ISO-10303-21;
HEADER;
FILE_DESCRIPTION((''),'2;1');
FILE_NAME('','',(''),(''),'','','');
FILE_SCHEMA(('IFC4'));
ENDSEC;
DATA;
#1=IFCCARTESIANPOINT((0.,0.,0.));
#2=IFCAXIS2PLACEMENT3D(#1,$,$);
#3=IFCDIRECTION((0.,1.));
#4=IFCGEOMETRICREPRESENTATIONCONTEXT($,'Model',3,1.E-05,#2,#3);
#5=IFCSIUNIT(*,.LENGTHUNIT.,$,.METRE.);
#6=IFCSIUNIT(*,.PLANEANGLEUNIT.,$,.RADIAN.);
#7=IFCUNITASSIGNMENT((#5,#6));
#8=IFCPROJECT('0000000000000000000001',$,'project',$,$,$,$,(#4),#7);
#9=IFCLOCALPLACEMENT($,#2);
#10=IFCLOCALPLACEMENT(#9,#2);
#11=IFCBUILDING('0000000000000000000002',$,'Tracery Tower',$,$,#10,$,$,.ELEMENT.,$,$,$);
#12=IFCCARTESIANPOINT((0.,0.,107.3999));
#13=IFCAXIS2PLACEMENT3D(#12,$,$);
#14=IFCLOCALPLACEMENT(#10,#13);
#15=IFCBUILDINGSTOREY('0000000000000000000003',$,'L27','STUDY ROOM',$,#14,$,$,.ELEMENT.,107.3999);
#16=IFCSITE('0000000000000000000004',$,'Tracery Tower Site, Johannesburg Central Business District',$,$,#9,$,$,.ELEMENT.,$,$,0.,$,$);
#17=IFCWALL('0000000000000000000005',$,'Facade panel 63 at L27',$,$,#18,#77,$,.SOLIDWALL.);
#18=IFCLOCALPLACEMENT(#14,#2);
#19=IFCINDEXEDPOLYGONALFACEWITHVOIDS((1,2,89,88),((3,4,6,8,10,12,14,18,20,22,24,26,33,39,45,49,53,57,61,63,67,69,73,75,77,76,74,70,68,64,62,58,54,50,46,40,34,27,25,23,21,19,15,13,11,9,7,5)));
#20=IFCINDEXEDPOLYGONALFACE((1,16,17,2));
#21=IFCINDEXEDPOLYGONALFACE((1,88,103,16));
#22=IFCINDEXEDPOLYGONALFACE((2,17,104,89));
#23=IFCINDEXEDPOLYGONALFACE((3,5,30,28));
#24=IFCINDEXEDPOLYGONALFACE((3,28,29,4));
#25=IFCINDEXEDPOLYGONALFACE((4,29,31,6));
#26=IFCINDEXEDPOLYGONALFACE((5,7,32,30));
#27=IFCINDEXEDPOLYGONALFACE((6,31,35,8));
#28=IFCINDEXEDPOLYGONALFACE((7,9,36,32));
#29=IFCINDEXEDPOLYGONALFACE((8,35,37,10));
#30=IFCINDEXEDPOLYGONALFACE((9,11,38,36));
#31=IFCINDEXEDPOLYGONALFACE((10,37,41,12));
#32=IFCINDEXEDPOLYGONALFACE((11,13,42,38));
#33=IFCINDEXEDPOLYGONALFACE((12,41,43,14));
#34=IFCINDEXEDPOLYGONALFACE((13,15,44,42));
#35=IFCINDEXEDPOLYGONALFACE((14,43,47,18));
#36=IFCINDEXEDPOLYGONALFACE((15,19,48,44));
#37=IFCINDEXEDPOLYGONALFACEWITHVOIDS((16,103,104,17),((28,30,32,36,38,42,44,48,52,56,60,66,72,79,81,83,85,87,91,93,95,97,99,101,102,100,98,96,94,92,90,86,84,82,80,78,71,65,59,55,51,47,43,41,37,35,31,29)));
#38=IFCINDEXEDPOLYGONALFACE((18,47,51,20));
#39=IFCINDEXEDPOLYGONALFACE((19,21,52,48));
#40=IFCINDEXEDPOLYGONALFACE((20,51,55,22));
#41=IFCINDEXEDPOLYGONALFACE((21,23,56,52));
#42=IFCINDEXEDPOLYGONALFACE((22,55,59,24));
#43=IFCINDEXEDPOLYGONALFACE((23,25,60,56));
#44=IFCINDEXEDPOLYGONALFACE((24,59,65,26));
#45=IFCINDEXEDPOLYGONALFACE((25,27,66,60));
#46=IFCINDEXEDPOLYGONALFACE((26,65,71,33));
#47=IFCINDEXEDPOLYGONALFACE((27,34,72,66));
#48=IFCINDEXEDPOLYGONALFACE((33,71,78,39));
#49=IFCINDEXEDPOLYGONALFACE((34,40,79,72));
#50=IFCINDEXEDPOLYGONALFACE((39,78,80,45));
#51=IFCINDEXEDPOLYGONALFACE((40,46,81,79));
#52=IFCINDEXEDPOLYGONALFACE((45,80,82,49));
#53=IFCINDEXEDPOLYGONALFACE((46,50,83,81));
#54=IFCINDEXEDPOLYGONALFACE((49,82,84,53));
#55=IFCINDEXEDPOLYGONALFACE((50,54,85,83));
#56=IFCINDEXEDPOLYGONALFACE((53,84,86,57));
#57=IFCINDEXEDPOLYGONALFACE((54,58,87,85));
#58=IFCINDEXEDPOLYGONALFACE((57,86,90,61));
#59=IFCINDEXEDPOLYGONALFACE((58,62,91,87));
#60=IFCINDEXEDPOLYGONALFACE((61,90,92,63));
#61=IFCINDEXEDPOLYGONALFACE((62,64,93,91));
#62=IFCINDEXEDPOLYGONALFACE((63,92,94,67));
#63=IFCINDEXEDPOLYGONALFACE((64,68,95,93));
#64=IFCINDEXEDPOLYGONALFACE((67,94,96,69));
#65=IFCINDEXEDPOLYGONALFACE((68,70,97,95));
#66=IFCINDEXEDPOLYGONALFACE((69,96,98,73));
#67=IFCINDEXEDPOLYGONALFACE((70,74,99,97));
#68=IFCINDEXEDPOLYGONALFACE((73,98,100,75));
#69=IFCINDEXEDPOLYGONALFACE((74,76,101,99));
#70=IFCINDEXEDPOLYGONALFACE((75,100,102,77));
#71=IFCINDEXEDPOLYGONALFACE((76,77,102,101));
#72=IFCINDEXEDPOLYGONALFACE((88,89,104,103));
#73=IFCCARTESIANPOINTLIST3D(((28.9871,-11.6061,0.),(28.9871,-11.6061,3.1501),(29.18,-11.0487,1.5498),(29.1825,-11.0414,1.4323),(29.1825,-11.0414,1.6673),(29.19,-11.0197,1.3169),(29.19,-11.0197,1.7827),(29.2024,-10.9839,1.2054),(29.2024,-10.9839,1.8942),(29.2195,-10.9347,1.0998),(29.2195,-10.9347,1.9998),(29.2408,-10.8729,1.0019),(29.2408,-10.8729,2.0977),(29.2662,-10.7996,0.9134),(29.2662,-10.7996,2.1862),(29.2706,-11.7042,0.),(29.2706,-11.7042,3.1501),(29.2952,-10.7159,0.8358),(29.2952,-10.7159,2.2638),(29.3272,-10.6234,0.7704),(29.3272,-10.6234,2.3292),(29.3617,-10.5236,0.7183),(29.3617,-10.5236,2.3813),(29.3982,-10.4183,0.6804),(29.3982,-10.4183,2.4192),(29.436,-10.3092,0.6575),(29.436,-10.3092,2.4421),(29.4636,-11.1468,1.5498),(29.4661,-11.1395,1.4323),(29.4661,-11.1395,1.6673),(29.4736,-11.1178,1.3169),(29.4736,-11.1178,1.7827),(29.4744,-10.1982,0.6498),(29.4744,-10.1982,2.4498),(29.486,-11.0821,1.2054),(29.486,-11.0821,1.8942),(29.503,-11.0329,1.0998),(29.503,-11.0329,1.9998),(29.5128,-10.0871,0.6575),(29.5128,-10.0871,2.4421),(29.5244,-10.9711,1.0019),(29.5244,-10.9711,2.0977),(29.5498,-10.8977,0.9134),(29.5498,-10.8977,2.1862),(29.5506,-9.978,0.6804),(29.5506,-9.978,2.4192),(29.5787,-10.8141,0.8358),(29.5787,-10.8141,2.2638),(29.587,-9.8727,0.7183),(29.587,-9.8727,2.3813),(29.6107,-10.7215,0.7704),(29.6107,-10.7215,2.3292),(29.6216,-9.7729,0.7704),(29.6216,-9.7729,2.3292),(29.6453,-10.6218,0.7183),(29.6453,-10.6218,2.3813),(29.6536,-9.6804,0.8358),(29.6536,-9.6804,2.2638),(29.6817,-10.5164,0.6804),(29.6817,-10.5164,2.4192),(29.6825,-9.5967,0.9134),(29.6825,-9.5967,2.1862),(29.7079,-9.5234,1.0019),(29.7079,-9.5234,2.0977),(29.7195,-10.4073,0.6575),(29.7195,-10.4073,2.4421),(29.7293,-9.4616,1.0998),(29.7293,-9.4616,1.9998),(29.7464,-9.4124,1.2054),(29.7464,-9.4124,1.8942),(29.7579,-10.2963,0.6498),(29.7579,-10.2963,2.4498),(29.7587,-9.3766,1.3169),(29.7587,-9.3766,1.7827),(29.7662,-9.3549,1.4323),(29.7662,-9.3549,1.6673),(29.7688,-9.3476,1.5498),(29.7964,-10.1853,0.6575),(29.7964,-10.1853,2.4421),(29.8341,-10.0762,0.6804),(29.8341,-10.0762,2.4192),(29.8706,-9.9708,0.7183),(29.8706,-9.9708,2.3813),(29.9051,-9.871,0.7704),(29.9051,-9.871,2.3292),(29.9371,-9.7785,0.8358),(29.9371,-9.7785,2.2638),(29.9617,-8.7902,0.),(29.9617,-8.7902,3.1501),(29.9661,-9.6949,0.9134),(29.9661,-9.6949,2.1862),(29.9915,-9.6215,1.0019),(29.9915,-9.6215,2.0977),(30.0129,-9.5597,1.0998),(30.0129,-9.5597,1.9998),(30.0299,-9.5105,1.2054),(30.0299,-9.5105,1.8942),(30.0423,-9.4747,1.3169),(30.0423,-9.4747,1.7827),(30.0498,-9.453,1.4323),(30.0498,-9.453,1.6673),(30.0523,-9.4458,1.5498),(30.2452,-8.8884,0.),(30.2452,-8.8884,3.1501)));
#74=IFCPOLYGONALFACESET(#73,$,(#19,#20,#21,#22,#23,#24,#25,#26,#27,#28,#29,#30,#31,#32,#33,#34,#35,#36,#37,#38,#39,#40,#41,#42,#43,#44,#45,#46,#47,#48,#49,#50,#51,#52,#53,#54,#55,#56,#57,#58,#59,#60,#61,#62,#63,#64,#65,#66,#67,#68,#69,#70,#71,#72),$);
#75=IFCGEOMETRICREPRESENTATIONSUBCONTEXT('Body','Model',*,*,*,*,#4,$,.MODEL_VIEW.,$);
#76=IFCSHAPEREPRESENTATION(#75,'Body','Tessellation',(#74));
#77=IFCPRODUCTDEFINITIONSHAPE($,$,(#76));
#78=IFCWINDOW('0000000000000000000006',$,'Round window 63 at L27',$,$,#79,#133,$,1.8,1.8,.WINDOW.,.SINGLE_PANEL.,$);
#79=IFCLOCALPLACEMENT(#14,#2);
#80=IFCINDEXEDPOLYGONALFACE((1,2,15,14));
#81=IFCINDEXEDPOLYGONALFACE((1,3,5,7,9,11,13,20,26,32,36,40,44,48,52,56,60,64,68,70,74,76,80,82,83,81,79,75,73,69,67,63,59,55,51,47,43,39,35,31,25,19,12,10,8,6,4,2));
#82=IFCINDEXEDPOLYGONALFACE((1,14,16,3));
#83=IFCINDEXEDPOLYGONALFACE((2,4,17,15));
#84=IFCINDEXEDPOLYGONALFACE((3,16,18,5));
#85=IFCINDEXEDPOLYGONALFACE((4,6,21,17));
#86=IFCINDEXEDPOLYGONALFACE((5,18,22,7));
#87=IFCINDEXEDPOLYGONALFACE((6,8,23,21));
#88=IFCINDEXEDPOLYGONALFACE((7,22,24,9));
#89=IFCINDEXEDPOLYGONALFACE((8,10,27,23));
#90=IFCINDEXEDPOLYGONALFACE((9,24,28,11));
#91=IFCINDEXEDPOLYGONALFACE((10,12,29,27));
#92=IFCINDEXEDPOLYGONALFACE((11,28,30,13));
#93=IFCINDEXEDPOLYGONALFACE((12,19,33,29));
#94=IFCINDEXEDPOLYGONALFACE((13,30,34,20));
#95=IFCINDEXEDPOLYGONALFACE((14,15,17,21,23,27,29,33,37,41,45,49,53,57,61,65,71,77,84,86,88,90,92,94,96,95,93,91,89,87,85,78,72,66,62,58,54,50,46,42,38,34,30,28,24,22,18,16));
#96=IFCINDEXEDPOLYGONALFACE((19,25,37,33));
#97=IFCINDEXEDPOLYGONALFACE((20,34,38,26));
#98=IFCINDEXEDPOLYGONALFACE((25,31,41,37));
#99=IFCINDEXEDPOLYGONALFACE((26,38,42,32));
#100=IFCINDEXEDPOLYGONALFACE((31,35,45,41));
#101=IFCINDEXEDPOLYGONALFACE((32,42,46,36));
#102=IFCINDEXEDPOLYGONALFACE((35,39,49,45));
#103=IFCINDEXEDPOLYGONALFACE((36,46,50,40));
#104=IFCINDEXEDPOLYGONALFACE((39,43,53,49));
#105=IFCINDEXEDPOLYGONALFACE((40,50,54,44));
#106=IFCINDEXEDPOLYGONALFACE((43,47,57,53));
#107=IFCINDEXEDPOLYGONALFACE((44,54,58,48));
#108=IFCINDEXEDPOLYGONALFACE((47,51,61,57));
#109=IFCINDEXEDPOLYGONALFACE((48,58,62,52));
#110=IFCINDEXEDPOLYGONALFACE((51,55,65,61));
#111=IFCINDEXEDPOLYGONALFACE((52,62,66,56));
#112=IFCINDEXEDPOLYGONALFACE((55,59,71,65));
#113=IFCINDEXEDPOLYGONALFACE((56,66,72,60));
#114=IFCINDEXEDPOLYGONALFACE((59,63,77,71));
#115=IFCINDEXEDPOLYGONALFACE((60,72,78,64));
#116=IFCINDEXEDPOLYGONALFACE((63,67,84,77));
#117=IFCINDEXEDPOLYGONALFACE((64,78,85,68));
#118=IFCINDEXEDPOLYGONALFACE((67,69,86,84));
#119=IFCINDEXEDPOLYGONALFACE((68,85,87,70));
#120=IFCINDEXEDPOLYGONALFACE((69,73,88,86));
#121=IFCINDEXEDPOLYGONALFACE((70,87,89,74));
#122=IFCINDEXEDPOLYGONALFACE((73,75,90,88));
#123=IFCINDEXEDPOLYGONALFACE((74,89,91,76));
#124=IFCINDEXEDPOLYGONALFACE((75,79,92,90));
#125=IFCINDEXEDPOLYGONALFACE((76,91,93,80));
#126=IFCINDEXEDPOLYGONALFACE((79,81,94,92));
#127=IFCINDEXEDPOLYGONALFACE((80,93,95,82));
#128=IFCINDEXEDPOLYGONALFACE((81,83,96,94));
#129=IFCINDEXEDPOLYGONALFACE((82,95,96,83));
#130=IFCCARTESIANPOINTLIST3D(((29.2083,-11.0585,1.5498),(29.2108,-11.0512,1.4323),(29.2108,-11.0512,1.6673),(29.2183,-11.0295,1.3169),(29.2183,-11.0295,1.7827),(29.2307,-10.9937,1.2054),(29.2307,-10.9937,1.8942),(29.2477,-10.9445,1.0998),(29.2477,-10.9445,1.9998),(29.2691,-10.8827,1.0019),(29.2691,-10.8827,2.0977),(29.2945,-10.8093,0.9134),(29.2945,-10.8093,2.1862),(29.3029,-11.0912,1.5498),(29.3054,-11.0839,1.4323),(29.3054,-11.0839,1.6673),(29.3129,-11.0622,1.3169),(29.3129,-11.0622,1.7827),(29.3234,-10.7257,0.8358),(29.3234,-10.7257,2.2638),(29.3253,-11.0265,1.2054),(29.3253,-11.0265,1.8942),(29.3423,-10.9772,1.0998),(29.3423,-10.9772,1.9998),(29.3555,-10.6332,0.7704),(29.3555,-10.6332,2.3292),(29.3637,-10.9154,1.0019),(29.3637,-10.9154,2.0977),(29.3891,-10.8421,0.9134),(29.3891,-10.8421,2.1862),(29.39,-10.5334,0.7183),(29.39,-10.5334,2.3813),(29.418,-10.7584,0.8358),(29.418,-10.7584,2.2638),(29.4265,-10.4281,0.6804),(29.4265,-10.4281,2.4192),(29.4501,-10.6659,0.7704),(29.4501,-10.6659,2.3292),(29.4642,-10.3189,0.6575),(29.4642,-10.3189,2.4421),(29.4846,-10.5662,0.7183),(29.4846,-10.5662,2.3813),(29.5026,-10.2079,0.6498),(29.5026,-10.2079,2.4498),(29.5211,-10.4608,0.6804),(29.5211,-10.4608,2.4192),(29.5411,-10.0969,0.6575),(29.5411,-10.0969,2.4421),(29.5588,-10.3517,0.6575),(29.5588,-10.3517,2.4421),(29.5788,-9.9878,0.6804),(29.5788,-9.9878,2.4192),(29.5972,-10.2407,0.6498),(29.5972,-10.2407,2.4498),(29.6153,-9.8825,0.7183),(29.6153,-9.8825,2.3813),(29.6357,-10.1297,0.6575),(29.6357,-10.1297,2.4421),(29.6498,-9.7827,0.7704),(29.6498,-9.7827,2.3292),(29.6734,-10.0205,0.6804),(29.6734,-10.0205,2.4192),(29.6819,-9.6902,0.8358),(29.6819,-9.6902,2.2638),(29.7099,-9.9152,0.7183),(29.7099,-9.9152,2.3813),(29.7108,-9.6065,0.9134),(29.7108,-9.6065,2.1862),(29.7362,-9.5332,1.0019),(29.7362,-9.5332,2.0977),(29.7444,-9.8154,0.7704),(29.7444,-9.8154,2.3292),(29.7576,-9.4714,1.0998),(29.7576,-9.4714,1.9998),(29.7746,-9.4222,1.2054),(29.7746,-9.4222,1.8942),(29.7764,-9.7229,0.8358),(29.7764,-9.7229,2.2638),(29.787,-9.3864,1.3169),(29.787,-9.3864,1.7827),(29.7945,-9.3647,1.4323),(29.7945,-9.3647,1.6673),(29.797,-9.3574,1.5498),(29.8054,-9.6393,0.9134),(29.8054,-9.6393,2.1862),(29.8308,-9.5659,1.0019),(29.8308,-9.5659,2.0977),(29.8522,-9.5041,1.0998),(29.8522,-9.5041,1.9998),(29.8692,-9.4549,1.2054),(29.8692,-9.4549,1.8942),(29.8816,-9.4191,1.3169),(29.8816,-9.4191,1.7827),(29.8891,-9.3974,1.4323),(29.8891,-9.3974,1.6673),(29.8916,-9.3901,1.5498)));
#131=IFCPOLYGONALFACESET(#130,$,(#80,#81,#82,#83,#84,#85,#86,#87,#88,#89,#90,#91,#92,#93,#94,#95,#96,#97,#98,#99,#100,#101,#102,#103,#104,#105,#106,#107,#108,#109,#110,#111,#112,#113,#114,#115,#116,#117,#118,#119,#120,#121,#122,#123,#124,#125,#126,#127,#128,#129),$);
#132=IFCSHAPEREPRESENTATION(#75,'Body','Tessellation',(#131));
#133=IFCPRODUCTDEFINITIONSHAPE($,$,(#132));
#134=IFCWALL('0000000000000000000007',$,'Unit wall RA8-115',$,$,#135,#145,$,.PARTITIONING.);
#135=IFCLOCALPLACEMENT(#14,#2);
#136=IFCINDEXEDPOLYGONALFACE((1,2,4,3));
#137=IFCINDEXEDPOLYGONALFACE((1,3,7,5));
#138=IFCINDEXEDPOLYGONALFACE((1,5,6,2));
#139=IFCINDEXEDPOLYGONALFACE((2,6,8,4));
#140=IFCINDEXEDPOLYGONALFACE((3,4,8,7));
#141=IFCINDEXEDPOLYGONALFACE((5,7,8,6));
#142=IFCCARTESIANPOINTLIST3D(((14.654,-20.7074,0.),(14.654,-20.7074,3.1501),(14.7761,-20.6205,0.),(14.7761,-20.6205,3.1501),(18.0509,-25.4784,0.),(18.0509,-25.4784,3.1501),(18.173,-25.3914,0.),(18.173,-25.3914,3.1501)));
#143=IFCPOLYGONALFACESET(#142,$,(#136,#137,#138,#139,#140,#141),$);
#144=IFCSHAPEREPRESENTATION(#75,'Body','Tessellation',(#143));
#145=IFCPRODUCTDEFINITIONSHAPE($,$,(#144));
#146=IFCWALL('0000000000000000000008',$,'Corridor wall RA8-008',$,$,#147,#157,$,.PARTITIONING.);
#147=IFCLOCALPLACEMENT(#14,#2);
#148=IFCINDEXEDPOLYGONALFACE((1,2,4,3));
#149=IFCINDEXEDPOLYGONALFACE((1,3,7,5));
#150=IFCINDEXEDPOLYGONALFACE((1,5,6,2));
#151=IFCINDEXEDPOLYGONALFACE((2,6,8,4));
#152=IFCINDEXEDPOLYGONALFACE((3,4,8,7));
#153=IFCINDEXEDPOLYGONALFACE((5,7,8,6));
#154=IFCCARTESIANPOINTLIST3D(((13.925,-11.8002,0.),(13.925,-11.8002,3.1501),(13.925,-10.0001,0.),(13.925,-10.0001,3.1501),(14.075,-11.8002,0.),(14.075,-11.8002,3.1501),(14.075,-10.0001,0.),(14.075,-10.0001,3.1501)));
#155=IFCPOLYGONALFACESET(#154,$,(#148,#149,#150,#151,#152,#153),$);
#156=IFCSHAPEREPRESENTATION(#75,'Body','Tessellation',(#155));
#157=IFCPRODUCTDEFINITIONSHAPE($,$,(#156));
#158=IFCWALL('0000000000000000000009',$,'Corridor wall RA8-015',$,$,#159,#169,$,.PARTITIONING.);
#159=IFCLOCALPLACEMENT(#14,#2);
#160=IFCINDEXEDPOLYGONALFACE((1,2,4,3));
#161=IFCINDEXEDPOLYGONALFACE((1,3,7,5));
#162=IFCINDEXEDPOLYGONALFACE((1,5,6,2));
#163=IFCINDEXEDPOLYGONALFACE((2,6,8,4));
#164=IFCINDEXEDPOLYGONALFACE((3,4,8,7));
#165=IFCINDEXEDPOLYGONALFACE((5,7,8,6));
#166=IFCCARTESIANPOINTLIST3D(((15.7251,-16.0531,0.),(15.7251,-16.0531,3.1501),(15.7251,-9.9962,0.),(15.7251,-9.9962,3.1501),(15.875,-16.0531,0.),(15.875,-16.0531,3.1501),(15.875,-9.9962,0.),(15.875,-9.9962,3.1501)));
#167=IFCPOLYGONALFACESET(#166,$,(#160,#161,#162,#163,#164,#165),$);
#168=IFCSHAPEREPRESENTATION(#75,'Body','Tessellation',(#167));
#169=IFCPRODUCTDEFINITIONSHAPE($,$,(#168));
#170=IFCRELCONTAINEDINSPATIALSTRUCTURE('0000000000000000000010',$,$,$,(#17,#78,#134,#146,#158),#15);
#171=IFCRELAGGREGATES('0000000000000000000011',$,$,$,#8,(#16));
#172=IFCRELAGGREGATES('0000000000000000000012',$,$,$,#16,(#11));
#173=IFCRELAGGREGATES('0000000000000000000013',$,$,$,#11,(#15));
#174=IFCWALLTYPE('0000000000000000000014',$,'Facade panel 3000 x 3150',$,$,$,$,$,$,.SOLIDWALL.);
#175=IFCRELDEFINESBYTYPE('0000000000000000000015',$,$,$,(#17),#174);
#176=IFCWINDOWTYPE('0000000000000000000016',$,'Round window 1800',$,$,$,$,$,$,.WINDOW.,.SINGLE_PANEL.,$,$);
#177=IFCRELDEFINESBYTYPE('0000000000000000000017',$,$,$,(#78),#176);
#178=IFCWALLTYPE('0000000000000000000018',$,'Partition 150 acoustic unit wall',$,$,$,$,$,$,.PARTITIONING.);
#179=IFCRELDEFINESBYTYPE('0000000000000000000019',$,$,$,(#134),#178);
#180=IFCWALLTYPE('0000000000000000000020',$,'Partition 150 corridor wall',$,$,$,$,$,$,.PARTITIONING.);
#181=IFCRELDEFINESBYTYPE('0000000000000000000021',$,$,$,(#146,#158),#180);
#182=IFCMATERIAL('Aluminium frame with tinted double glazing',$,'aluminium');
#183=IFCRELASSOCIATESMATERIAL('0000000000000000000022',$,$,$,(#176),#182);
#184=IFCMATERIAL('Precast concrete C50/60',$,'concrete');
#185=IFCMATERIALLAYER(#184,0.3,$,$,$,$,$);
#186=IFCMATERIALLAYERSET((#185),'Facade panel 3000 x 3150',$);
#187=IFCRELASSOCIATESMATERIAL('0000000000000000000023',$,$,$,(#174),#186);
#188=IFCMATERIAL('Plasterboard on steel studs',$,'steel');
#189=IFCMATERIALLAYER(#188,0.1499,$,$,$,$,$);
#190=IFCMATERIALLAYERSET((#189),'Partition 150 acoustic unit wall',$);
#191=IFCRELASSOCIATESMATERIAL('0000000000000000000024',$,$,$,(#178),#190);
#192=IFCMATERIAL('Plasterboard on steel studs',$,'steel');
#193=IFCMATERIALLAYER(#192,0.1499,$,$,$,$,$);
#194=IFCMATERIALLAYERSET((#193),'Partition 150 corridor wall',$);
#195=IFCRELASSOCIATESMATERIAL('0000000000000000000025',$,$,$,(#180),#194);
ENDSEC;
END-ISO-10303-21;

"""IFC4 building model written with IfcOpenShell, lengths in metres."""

from ifc_helpers import new_model, si_unit, direction, frame, frame_2d, origin, origin_2d, place, context, subcontext, project, spatial, rectangle, circle, extrude, material, layer, layer_set, type_object, element, fill, save


model = new_model("IFC4")

# Units and contexts
model_context = context("Model", 3, precision=1e-05, world=origin(), true_north=direction((0.0, 1.0)))
body_context = subcontext(model_context, "Body", "Model", "MODEL_VIEW")
ifc_project = project(units=[si_unit("LENGTHUNIT", "METRE"), si_unit("PLANEANGLEUNIT", "RADIAN")], contexts=[model_context])

# Site, building, storey
site_placement = place(None, origin())
site = spatial("IfcSite", under=ifc_project, at=site_placement, Name="Tracery Tower Site, Johannesburg Central Business District", CompositionType="ELEMENT", RefElevation=0.0)
building_placement = place(site_placement, origin())
building = spatial("IfcBuilding", under=site, at=building_placement, Name="Tracery Tower", CompositionType="ELEMENT")
storey_placement = place(building_placement, frame((0.0, 0.0, 107.3999)))
storey = spatial("IfcBuildingStorey", under=building, at=storey_placement, Name="L27", Description="STUDY ROOM", CompositionType="ELEMENT", Elevation=107.3999)

# Wall, opening, window
ifc_material_1 = material(Name="Aluminium frame with tinted double glazing", Category="aluminium")
window_type = type_object("IfcWindowType", Name="Round window 1800", PartitioningType="SINGLE_PANEL", PredefinedType="WINDOW", material=ifc_material_1)
ifc_material_2 = material(Name="Precast concrete C50/60", Category="concrete")
ifc_layer_1 = layer(ifc_material_2, 0.3)
ifc_layer_set_1 = layer_set([ifc_layer_1], Name="Facade panel 3000 x 3150")
wall_type_1 = type_object("IfcWallType", Name="Facade panel 3000 x 3150", PredefinedType="SOLIDWALL", material=ifc_layer_set_1)
wall_1_placement = place(storey_placement, frame((29.1289, -11.655, 0.0), z_axis=(0.0, 0.0, 1.0), x_axis=(0.327071, 0.945, 0.0)))
wall_1 = element("IfcWall", 1, at=wall_1_placement, inside=storey, type_object=wall_type_1, Name="Facade panel 63 at L27", PredefinedType="SOLIDWALL", context=body_context, shape_type="SweptSolid", body=[
    extrude(rectangle(XDim=2.9797, YDim=0.3, at=frame_2d((1.4897, 0.0))), origin(), (0.0, 0.0, 1.0), 3.1501),
])
opening_1_placement = place(wall_1_placement, frame((1.4897, 0.0, 1.5498)))
opening_1 = element("IfcOpeningElement", 2, at=opening_1_placement, cuts=wall_1, PredefinedType="OPENING", context=body_context, shape_type="SweptSolid", body=[
    extrude(circle(Radius=0.9, at=origin_2d()), frame((0.0, 0.1599, 0.0), z_axis=(0.0, -1.0, 0.0), x_axis=(1.0, 0.0, 0.0)), (0.0, 0.0, 1.0), 0.3201),
])
window_1_placement = place(opening_1_placement, origin())
window_1 = element("IfcWindow", 3, at=window_1_placement, inside=storey, type_object=window_type, Name="Round window 63 at L27", OverallHeight=1.8, OverallWidth=1.8, PartitioningType="SINGLE_PANEL", PredefinedType="WINDOW", context=body_context, shape_type="SweptSolid", body=[
    extrude(circle(Radius=0.9, at=origin_2d()), frame((0.0, 0.1201, 0.0), z_axis=(0.0, -1.0, 0.0), x_axis=(1.0, 0.0, 0.0)), (0.0, 0.0, 1.0), 0.1001),
])
fill(opening_1, window_1)

# Walls
ifc_material_3 = material(Name="Plasterboard on steel studs", Category="steel")
ifc_layer_2 = layer(ifc_material_3, 0.1499)
ifc_layer_set_2 = layer_set([ifc_layer_2], Name="Partition 150 acoustic unit wall")
wall_type_2 = type_object("IfcWallType", Name="Partition 150 acoustic unit wall", PredefinedType="PARTITIONING", material=ifc_layer_set_2)
wall_2_placement = place(storey_placement, frame((14.7151, -20.6641, 0.0), z_axis=(0.0, 0.0, 1.0), x_axis=(0.580007, -0.814611, 0.0)))
element("IfcWall", 4, at=wall_2_placement, inside=storey, type_object=wall_type_2, Name="Unit wall RA8-115", PredefinedType="PARTITIONING", context=body_context, shape_type="SweptSolid", body=[
    extrude(rectangle(XDim=5.8567, YDim=0.1499, at=frame_2d((2.9282, 0.0))), origin(), (0.0, 0.0, 1.0), 3.1501),
])
ifc_material_4 = material(Name="Plasterboard on steel studs", Category="steel")
ifc_layer_3 = layer(ifc_material_4, 0.1499)
ifc_layer_set_3 = layer_set([ifc_layer_3], Name="Partition 150 corridor wall")
wall_type_3 = type_object("IfcWallType", Name="Partition 150 corridor wall", PredefinedType="PARTITIONING", material=ifc_layer_set_3)
wall_3_placement = place(storey_placement, frame((14.0, -11.8, 0.0), z_axis=(0.0, 0.0, 1.0), x_axis=(0.0, 1.0, 0.0)))
element("IfcWall", 5, at=wall_3_placement, inside=storey, type_object=wall_type_3, Name="Corridor wall RA8-008", PredefinedType="PARTITIONING", context=body_context, shape_type="SweptSolid", body=[
    extrude(rectangle(XDim=1.8, YDim=0.1499, at=frame_2d((0.8999, 0.0))), origin(), (0.0, 0.0, 1.0), 3.1501),
])
wall_4_placement = place(storey_placement, frame((15.8, -16.053, 0.0), z_axis=(0.0, 0.0, 1.0), x_axis=(0.0, 1.0, 0.0)))
element("IfcWall", 6, at=wall_4_placement, inside=storey, type_object=wall_type_3, Name="Corridor wall RA8-015", PredefinedType="PARTITIONING", context=body_context, shape_type="SweptSolid", body=[
    extrude(rectangle(XDim=6.0569, YDim=0.1499, at=frame_2d((3.0283, 0.0))), origin(), (0.0, 0.0, 1.0), 3.1501),
])

save(model, "model.ifc")
